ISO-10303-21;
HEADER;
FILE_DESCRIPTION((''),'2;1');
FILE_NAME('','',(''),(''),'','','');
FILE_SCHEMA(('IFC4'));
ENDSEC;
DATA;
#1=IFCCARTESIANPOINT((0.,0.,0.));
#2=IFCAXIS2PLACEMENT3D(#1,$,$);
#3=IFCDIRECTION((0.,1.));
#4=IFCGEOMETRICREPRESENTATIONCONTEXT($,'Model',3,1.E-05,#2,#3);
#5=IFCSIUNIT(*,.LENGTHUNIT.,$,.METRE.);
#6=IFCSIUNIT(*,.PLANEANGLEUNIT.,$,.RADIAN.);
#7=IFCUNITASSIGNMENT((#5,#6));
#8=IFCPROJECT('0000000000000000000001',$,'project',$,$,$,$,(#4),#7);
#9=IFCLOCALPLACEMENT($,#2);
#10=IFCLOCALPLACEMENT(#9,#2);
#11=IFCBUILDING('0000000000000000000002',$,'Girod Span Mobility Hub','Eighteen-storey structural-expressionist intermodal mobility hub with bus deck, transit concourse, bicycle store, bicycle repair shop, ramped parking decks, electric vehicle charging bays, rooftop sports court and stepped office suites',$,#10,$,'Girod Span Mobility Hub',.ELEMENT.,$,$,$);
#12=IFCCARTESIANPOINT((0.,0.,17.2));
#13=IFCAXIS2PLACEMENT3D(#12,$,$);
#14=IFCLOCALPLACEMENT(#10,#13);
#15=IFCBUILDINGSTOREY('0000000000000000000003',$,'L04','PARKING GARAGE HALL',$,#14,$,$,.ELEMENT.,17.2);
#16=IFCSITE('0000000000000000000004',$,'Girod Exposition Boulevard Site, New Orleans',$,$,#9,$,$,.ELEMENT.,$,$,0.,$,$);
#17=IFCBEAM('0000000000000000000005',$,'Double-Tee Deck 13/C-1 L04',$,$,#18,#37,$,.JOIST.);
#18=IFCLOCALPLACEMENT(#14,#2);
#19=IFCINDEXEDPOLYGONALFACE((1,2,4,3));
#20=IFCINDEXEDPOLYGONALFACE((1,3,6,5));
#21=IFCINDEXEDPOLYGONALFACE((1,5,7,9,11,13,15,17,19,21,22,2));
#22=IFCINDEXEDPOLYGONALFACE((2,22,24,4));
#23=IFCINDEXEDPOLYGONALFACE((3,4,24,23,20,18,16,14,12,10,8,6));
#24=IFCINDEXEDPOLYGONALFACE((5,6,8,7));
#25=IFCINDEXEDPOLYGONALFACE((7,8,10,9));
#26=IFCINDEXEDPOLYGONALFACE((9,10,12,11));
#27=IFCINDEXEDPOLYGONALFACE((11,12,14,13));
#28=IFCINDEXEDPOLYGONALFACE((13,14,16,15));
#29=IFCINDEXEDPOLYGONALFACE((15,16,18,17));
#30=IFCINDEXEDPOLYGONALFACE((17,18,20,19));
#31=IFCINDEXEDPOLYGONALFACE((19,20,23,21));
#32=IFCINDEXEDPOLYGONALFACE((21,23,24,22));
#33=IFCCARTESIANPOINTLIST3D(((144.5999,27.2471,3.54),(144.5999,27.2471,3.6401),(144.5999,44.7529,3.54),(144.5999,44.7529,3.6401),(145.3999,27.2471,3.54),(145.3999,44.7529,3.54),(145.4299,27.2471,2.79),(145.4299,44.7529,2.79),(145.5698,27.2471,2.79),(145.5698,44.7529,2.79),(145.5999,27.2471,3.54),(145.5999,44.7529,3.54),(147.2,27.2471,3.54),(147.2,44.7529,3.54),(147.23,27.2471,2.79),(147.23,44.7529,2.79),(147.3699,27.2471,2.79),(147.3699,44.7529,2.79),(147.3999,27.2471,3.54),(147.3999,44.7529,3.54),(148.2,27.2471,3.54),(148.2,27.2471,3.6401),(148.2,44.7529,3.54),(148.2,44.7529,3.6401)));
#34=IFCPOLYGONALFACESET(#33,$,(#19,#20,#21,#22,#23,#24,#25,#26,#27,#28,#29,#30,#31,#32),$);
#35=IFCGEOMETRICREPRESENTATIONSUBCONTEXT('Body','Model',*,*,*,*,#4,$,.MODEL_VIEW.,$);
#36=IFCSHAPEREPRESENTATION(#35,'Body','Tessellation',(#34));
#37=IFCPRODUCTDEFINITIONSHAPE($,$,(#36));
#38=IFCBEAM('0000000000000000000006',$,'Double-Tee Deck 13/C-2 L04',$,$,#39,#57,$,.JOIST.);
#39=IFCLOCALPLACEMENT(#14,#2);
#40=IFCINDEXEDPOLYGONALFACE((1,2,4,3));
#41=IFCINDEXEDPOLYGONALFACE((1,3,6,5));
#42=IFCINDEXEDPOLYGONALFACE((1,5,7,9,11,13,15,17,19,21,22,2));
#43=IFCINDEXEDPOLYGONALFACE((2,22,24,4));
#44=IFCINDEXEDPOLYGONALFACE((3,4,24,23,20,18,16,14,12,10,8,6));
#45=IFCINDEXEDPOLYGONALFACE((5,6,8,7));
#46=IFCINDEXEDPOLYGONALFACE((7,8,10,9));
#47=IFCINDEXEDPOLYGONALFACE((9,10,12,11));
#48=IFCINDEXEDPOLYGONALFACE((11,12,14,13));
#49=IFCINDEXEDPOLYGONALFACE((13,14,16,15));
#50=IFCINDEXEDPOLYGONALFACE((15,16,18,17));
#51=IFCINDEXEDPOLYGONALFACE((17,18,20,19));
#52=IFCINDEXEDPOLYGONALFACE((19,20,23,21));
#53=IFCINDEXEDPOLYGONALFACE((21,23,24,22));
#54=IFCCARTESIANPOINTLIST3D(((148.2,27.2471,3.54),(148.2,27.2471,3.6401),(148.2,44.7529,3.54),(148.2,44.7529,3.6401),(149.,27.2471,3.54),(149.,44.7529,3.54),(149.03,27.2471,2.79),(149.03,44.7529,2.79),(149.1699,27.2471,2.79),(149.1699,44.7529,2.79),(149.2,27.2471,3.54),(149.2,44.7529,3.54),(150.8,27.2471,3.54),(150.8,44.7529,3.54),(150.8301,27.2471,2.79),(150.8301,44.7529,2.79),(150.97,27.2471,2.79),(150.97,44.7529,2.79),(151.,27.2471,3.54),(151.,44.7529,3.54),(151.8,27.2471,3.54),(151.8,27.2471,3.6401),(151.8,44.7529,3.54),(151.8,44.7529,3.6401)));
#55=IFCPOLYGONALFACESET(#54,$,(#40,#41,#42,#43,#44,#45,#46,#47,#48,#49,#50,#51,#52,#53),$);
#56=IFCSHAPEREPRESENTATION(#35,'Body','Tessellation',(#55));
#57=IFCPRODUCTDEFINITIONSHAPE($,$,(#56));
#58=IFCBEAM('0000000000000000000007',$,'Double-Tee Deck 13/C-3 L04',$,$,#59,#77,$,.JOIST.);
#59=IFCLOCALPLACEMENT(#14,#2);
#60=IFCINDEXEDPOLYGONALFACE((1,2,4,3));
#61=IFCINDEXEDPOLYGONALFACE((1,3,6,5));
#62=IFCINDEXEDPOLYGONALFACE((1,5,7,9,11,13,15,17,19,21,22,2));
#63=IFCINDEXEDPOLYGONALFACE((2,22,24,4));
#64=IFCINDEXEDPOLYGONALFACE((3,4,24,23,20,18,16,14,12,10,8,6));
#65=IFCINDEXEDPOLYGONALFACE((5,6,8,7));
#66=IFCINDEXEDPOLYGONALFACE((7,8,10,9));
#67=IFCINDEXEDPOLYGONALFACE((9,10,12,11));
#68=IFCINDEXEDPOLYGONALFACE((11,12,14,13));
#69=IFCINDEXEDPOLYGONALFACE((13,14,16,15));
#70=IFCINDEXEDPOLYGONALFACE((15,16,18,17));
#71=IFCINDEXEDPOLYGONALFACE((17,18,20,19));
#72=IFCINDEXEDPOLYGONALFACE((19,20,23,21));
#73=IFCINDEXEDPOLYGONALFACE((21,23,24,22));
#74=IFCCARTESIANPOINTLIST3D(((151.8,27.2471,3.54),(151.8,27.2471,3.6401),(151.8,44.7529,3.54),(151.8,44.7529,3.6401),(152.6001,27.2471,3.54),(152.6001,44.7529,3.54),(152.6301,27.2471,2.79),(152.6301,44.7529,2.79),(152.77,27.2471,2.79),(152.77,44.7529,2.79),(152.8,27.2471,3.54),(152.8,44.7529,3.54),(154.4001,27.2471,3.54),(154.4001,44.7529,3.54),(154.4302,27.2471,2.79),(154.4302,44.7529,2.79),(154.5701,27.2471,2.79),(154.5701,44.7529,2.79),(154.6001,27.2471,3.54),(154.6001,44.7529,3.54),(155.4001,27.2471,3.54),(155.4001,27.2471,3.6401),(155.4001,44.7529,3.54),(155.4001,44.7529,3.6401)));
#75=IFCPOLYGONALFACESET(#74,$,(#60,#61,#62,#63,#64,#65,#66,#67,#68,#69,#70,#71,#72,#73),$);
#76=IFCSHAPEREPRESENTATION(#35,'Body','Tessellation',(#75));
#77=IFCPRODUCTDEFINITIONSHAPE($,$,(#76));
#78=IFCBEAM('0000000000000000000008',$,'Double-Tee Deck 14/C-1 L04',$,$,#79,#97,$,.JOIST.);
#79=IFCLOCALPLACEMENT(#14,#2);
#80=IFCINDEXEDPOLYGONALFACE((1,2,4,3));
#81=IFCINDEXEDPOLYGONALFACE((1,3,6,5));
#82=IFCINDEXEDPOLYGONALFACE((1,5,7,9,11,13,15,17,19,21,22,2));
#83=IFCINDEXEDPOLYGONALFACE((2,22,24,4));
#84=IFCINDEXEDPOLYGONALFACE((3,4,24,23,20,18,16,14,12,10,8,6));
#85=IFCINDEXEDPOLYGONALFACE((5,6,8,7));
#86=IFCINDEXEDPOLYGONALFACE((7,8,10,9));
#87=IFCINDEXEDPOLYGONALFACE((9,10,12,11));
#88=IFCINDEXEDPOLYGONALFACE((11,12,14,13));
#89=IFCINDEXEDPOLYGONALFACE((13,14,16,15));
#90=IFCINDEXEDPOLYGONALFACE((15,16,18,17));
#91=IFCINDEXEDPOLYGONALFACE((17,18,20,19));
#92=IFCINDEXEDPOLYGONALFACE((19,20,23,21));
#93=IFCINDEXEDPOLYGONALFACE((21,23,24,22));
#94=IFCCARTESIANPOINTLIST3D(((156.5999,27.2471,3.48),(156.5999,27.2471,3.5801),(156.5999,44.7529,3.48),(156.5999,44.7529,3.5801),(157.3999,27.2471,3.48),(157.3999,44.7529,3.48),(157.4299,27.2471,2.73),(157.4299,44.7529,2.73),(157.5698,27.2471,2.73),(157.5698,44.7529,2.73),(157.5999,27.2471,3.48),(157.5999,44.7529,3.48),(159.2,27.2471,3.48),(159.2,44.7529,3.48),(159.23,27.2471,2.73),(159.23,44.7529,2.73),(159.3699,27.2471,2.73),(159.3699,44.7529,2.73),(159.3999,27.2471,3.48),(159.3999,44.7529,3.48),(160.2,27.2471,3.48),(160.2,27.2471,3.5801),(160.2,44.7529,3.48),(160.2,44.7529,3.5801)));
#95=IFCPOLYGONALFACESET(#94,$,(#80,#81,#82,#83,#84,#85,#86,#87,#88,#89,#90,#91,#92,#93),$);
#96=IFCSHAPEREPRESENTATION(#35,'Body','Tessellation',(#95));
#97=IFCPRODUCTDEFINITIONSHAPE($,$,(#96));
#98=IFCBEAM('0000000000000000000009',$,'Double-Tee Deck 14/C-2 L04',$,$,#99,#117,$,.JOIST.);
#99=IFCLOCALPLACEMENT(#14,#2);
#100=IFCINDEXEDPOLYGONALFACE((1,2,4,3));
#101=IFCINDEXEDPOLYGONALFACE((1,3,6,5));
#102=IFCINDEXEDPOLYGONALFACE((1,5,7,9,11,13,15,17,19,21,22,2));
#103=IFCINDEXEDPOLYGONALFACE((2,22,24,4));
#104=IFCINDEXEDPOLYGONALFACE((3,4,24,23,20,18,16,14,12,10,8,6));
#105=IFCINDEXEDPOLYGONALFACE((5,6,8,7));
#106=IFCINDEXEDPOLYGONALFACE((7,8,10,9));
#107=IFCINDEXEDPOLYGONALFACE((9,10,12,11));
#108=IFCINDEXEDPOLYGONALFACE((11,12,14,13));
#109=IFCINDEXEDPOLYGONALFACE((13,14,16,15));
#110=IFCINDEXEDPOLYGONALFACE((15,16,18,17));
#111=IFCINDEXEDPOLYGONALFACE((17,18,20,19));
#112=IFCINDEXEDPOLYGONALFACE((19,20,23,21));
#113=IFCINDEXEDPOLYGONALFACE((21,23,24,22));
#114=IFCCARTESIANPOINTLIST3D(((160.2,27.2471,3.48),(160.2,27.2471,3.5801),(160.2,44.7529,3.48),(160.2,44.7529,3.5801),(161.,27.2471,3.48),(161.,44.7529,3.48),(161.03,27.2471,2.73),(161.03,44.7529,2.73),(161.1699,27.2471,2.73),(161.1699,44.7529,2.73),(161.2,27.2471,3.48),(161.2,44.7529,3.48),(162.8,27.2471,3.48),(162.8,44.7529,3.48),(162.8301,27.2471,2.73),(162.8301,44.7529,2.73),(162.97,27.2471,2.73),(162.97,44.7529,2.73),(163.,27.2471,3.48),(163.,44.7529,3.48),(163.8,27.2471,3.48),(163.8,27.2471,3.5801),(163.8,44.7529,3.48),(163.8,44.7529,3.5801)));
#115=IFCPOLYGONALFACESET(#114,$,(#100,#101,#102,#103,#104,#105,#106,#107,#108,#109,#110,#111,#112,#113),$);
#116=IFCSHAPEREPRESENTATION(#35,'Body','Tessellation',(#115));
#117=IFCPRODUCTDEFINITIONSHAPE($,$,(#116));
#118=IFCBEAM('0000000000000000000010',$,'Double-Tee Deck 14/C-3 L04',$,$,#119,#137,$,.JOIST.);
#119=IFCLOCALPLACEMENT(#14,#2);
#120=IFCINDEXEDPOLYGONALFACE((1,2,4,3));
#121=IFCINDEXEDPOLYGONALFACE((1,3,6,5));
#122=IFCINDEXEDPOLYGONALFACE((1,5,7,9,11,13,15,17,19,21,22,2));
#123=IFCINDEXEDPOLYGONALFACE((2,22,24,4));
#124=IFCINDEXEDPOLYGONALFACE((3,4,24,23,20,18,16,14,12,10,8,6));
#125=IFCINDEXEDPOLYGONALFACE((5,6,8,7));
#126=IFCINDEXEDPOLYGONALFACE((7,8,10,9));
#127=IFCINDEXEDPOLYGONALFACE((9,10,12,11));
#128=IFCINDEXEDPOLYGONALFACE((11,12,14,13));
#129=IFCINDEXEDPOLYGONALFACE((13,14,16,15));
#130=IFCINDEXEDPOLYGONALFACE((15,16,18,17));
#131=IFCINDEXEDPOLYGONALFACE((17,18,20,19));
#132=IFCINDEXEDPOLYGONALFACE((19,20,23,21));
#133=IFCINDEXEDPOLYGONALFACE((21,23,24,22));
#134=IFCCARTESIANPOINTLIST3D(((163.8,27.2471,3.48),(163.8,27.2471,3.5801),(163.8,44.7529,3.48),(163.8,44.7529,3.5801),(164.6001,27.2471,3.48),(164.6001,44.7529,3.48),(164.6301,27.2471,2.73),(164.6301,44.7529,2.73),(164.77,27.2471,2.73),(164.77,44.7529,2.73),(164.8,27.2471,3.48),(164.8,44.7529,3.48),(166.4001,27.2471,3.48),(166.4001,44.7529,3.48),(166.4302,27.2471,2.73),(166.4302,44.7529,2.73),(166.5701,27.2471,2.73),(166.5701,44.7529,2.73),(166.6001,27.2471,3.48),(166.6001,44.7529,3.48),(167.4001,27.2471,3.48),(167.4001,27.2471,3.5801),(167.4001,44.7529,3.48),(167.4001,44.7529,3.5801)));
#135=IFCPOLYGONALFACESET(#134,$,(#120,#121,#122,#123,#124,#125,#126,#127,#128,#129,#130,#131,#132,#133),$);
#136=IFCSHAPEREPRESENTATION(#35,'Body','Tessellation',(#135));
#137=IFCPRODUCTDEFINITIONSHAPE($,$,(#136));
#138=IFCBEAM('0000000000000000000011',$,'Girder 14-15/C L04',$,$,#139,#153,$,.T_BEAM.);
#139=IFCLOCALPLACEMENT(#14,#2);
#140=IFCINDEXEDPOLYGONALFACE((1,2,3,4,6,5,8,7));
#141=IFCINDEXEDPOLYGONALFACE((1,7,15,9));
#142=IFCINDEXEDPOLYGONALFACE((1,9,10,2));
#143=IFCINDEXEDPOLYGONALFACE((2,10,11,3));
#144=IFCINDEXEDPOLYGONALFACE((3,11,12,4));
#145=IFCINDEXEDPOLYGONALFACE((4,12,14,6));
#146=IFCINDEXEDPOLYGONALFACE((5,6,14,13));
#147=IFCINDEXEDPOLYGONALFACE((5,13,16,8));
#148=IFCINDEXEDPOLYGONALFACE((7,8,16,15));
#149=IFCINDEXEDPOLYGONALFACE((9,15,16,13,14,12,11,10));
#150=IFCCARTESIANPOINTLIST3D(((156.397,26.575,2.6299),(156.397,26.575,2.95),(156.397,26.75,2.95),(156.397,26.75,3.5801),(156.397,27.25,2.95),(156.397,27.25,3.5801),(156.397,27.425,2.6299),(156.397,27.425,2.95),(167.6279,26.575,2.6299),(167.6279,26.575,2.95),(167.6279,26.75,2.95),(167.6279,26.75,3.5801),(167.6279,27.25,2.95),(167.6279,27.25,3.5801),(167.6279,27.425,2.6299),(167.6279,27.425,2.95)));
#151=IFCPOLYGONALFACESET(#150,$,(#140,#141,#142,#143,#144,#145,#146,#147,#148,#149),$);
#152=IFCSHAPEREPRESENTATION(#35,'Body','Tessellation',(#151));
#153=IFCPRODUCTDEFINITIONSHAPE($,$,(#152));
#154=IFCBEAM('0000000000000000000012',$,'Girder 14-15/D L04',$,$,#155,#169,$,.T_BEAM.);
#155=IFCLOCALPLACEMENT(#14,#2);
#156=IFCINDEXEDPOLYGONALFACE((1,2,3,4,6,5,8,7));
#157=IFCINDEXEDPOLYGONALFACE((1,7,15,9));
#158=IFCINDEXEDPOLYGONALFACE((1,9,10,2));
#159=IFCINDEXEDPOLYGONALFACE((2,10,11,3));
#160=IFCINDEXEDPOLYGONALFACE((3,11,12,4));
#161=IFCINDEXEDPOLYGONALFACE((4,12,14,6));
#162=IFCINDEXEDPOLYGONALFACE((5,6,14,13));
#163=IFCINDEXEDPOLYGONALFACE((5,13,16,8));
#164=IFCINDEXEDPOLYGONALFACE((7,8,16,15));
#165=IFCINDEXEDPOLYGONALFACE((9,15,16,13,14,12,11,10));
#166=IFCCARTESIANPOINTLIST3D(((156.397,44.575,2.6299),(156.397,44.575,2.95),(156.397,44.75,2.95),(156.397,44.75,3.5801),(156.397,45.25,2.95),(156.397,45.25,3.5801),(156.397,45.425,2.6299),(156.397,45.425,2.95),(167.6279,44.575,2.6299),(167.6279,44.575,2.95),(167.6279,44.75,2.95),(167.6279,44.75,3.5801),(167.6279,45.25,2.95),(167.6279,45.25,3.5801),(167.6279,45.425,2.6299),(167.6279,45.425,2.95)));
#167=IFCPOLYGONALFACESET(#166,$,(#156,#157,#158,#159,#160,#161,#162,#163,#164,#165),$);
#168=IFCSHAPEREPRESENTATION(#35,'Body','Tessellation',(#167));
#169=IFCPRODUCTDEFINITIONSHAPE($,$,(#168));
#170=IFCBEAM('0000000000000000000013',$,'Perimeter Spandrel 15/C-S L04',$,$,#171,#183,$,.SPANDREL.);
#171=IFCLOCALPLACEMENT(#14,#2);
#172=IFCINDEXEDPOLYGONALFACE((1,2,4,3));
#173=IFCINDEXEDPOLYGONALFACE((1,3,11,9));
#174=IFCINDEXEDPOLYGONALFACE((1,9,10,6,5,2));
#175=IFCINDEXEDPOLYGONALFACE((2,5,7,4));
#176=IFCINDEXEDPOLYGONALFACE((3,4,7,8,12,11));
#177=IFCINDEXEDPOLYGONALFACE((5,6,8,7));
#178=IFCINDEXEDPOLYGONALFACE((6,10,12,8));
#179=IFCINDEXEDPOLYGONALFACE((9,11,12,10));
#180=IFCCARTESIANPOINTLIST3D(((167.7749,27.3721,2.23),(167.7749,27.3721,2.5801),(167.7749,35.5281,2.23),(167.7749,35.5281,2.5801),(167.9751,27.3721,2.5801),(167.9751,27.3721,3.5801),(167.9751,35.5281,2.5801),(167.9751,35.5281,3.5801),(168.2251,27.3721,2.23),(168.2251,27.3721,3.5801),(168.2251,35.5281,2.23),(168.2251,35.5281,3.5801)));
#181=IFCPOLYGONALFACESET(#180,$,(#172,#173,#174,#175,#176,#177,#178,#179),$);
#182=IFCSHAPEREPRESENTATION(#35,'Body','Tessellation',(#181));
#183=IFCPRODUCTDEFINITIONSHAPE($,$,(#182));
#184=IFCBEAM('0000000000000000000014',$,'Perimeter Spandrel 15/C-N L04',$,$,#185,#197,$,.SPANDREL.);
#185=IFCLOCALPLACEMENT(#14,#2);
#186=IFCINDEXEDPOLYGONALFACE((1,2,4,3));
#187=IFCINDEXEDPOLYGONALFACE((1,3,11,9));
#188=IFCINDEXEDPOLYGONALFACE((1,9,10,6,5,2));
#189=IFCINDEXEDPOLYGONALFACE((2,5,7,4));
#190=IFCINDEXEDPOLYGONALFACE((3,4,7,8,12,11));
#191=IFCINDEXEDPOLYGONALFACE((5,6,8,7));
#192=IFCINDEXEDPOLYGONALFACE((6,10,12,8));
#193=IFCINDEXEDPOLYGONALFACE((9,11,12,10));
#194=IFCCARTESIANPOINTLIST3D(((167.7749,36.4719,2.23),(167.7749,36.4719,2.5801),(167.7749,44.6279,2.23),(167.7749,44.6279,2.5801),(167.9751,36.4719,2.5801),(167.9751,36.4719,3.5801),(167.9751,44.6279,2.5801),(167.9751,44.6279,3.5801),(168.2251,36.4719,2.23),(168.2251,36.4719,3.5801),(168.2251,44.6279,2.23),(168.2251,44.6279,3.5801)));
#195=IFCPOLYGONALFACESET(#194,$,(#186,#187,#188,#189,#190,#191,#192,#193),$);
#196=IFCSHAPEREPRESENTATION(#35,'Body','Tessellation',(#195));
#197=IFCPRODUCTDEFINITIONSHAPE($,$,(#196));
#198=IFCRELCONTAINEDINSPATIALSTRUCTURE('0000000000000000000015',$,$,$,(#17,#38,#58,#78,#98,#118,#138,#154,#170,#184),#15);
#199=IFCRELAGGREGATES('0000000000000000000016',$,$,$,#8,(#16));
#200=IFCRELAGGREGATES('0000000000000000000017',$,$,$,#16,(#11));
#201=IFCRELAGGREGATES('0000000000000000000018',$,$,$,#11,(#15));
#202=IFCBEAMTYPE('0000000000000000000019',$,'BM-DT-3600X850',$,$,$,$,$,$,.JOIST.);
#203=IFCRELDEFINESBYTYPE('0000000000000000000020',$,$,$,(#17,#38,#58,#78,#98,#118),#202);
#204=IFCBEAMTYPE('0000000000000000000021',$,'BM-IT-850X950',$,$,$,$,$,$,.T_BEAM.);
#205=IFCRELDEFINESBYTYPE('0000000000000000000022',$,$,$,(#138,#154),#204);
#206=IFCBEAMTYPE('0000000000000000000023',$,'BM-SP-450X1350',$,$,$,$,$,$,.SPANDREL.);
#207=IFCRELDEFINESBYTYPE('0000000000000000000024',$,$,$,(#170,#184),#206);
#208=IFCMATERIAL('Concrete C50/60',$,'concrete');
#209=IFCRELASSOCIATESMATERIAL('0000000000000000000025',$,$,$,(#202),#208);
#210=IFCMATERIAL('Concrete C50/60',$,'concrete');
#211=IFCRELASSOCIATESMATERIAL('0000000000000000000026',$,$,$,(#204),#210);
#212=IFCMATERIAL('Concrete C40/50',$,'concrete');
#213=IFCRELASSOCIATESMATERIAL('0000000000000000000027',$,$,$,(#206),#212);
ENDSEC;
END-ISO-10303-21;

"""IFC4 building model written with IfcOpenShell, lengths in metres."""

from ifc_helpers import new_model, si_unit, direction, frame, origin, place, context, subcontext, project, spatial, polyline, outline, extrude, material, material_profile, profile_set, type_object, element, save


model = new_model("IFC4")

# Units and contexts
model_context = context("Model", 3, precision=1e-05, world=origin(), true_north=direction((0.0, 1.0)))
body_context = subcontext(model_context, "Body", "Model", "MODEL_VIEW")
ifc_project = project(units=[si_unit("LENGTHUNIT", "METRE"), si_unit("PLANEANGLEUNIT", "RADIAN")], contexts=[model_context])

# Site, building, storey
site_placement = place(None, origin())
site = spatial("IfcSite", under=ifc_project, at=site_placement, Name="Girod Exposition Boulevard Site, New Orleans", CompositionType="ELEMENT", RefElevation=0.0)
building_placement = place(site_placement, origin())
building = spatial("IfcBuilding", under=site, at=building_placement, Name="Girod Span Mobility Hub", Description="Eighteen-storey structural-expressionist intermodal mobility hub with bus deck, transit concourse, bicycle store, bicycle repair shop, ramped parking decks, electric vehicle charging bays, rooftop sports court and stepped office suites", LongName="Girod Span Mobility Hub", CompositionType="ELEMENT")
storey_placement = place(building_placement, frame((0.0, 0.0, 17.2)))
storey = spatial("IfcBuildingStorey", under=building, at=storey_placement, Name="L04", Description="PARKING GARAGE HALL", CompositionType="ELEMENT", Elevation=17.2)

# Beams
ifc_material_1 = material(Name="Concrete C50/60", Category="concrete")
ifc_material_profile_1 = material_profile(ifc_material_1, outline(polyline([(-1.8, 0.425), (-1.8, 0.325), (-1.0, 0.325), (-0.97, -0.425), (-0.8301, -0.425), (-0.8, 0.325), (0.8, 0.325), (0.8301, -0.425), (0.97, -0.425), (1.0, 0.325), (1.8, 0.325), (1.8, 0.425), (-1.8, 0.425)])), Name="DT-3600X850")
ifc_profile_set_1 = profile_set([ifc_material_profile_1], Name="Concrete C50/60")
beam_type_1 = type_object("IfcBeamType", Name="BM-DT-3600X850", PredefinedType="JOIST", material=ifc_profile_set_1)
for number, where, z_axis, x_axis, name in (
    (1, (146.3999, 27.2471, 3.2151), (0.0, 1.0, 0.0), (-1.0, 0.0, 0.0), "Double-Tee Deck 13/C-1 L04"),
    (2, (150.0, 27.2471, 3.2151), (0.0, 1.0, 0.0), (-1.0, 0.0, 0.0), "Double-Tee Deck 13/C-2 L04"),
    (3, (153.6001, 27.2471, 3.2151), (0.0, 1.0, 0.0), (-1.0, 0.0, 0.0), "Double-Tee Deck 13/C-3 L04"),
    (4, (158.3999, 27.2471, 3.155), (0.0, 1.0, 0.0), (-1.0, 0.0, 0.0), "Double-Tee Deck 14/C-1 L04"),
    (5, (162.0, 27.2471, 3.155), (0.0, 1.0, 0.0), (-1.0, 0.0, 0.0), "Double-Tee Deck 14/C-2 L04"),
    (6, (165.6001, 27.2471, 3.155), (0.0, 1.0, 0.0), (-1.0, 0.0, 0.0), "Double-Tee Deck 14/C-3 L04"),
):
    element("IfcBeam", number, at=place(storey_placement, frame(where, z_axis=z_axis, x_axis=x_axis)), inside=storey, type_object=beam_type_1, Name=name, PredefinedType="JOIST", context=body_context, shape_type="SweptSolid", body=[
        extrude(outline(polyline([(-1.8, 0.425), (-1.8, 0.325), (-1.0, 0.325), (-0.97, -0.425), (-0.8301, -0.425), (-0.8, 0.325), (0.8, 0.325), (0.8301, -0.425), (0.97, -0.425), (1.0, 0.325), (1.8, 0.325), (1.8, 0.425), (-1.8, 0.425)])), origin(), (0.0, 0.0, 1.0), 17.5059),
    ])
ifc_material_2 = material(Name="Concrete C50/60", Category="concrete")
ifc_material_profile_2 = material_profile(ifc_material_2, outline(polyline([(-0.425, -0.4751), (0.425, -0.4751), (0.425, -0.155), (0.25, -0.155), (0.25, 0.4751), (-0.25, 0.4751), (-0.25, -0.155), (-0.425, -0.155), (-0.425, -0.4751)])), Name="IT-850X950")
ifc_profile_set_2 = profile_set([ifc_material_profile_2], Name="Concrete C50/60")
beam_type_2 = type_object("IfcBeamType", Name="BM-IT-850X950", PredefinedType="T_BEAM", material=ifc_profile_set_2)
for number, where, z_axis, x_axis, name in (
    (7, (156.397, 27.0, 3.105), (1.0, 0.0, 0.0), (0.0, 1.0, 0.0), "Girder 14-15/C L04"),
    (8, (156.397, 45.0, 3.105), (1.0, 0.0, 0.0), (0.0, 1.0, 0.0), "Girder 14-15/D L04"),
):
    element("IfcBeam", number, at=place(storey_placement, frame(where, z_axis=z_axis, x_axis=x_axis)), inside=storey, type_object=beam_type_2, Name=name, PredefinedType="T_BEAM", context=body_context, shape_type="SweptSolid", body=[
        extrude(outline(polyline([(-0.425, -0.4751), (0.425, -0.4751), (0.425, -0.155), (0.25, -0.155), (0.25, 0.4751), (-0.25, 0.4751), (-0.25, -0.155), (-0.425, -0.155), (-0.425, -0.4751)])), origin(), (0.0, 0.0, 1.0), 11.231),
    ])
ifc_material_3 = material(Name="Concrete C40/50", Category="concrete")
ifc_material_profile_3 = material_profile(ifc_material_3, outline(polyline([(-0.2251, -0.675), (0.2251, -0.675), (0.2251, -0.325), (0.0249, -0.325), (0.0249, 0.675), (-0.2251, 0.675), (-0.2251, -0.675)])), Name="SP-450X1350")
ifc_profile_set_3 = profile_set([ifc_material_profile_3], Name="Concrete C40/50")
beam_type_3 = type_object("IfcBeamType", Name="BM-SP-450X1350", PredefinedType="SPANDREL", material=ifc_profile_set_3)
for number, where, z_axis, x_axis, name in (
    (9, (168.0, 27.3721, 2.905), (0.0, 1.0, 0.0), (-1.0, 0.0, 0.0), "Perimeter Spandrel 15/C-S L04"),
    (10, (168.0, 36.4719, 2.905), (0.0, 1.0, 0.0), (-1.0, 0.0, 0.0), "Perimeter Spandrel 15/C-N L04"),
):
    element("IfcBeam", number, at=place(storey_placement, frame(where, z_axis=z_axis, x_axis=x_axis)), inside=storey, type_object=beam_type_3, Name=name, PredefinedType="SPANDREL", context=body_context, shape_type="SweptSolid", body=[
        extrude(outline(polyline([(-0.2251, -0.675), (0.2251, -0.675), (0.2251, -0.325), (0.0249, -0.325), (0.0249, 0.675), (-0.2251, 0.675), (-0.2251, -0.675)])), origin(), (0.0, 0.0, 1.0), 8.156),
    ])

save(model, "model.ifc")
